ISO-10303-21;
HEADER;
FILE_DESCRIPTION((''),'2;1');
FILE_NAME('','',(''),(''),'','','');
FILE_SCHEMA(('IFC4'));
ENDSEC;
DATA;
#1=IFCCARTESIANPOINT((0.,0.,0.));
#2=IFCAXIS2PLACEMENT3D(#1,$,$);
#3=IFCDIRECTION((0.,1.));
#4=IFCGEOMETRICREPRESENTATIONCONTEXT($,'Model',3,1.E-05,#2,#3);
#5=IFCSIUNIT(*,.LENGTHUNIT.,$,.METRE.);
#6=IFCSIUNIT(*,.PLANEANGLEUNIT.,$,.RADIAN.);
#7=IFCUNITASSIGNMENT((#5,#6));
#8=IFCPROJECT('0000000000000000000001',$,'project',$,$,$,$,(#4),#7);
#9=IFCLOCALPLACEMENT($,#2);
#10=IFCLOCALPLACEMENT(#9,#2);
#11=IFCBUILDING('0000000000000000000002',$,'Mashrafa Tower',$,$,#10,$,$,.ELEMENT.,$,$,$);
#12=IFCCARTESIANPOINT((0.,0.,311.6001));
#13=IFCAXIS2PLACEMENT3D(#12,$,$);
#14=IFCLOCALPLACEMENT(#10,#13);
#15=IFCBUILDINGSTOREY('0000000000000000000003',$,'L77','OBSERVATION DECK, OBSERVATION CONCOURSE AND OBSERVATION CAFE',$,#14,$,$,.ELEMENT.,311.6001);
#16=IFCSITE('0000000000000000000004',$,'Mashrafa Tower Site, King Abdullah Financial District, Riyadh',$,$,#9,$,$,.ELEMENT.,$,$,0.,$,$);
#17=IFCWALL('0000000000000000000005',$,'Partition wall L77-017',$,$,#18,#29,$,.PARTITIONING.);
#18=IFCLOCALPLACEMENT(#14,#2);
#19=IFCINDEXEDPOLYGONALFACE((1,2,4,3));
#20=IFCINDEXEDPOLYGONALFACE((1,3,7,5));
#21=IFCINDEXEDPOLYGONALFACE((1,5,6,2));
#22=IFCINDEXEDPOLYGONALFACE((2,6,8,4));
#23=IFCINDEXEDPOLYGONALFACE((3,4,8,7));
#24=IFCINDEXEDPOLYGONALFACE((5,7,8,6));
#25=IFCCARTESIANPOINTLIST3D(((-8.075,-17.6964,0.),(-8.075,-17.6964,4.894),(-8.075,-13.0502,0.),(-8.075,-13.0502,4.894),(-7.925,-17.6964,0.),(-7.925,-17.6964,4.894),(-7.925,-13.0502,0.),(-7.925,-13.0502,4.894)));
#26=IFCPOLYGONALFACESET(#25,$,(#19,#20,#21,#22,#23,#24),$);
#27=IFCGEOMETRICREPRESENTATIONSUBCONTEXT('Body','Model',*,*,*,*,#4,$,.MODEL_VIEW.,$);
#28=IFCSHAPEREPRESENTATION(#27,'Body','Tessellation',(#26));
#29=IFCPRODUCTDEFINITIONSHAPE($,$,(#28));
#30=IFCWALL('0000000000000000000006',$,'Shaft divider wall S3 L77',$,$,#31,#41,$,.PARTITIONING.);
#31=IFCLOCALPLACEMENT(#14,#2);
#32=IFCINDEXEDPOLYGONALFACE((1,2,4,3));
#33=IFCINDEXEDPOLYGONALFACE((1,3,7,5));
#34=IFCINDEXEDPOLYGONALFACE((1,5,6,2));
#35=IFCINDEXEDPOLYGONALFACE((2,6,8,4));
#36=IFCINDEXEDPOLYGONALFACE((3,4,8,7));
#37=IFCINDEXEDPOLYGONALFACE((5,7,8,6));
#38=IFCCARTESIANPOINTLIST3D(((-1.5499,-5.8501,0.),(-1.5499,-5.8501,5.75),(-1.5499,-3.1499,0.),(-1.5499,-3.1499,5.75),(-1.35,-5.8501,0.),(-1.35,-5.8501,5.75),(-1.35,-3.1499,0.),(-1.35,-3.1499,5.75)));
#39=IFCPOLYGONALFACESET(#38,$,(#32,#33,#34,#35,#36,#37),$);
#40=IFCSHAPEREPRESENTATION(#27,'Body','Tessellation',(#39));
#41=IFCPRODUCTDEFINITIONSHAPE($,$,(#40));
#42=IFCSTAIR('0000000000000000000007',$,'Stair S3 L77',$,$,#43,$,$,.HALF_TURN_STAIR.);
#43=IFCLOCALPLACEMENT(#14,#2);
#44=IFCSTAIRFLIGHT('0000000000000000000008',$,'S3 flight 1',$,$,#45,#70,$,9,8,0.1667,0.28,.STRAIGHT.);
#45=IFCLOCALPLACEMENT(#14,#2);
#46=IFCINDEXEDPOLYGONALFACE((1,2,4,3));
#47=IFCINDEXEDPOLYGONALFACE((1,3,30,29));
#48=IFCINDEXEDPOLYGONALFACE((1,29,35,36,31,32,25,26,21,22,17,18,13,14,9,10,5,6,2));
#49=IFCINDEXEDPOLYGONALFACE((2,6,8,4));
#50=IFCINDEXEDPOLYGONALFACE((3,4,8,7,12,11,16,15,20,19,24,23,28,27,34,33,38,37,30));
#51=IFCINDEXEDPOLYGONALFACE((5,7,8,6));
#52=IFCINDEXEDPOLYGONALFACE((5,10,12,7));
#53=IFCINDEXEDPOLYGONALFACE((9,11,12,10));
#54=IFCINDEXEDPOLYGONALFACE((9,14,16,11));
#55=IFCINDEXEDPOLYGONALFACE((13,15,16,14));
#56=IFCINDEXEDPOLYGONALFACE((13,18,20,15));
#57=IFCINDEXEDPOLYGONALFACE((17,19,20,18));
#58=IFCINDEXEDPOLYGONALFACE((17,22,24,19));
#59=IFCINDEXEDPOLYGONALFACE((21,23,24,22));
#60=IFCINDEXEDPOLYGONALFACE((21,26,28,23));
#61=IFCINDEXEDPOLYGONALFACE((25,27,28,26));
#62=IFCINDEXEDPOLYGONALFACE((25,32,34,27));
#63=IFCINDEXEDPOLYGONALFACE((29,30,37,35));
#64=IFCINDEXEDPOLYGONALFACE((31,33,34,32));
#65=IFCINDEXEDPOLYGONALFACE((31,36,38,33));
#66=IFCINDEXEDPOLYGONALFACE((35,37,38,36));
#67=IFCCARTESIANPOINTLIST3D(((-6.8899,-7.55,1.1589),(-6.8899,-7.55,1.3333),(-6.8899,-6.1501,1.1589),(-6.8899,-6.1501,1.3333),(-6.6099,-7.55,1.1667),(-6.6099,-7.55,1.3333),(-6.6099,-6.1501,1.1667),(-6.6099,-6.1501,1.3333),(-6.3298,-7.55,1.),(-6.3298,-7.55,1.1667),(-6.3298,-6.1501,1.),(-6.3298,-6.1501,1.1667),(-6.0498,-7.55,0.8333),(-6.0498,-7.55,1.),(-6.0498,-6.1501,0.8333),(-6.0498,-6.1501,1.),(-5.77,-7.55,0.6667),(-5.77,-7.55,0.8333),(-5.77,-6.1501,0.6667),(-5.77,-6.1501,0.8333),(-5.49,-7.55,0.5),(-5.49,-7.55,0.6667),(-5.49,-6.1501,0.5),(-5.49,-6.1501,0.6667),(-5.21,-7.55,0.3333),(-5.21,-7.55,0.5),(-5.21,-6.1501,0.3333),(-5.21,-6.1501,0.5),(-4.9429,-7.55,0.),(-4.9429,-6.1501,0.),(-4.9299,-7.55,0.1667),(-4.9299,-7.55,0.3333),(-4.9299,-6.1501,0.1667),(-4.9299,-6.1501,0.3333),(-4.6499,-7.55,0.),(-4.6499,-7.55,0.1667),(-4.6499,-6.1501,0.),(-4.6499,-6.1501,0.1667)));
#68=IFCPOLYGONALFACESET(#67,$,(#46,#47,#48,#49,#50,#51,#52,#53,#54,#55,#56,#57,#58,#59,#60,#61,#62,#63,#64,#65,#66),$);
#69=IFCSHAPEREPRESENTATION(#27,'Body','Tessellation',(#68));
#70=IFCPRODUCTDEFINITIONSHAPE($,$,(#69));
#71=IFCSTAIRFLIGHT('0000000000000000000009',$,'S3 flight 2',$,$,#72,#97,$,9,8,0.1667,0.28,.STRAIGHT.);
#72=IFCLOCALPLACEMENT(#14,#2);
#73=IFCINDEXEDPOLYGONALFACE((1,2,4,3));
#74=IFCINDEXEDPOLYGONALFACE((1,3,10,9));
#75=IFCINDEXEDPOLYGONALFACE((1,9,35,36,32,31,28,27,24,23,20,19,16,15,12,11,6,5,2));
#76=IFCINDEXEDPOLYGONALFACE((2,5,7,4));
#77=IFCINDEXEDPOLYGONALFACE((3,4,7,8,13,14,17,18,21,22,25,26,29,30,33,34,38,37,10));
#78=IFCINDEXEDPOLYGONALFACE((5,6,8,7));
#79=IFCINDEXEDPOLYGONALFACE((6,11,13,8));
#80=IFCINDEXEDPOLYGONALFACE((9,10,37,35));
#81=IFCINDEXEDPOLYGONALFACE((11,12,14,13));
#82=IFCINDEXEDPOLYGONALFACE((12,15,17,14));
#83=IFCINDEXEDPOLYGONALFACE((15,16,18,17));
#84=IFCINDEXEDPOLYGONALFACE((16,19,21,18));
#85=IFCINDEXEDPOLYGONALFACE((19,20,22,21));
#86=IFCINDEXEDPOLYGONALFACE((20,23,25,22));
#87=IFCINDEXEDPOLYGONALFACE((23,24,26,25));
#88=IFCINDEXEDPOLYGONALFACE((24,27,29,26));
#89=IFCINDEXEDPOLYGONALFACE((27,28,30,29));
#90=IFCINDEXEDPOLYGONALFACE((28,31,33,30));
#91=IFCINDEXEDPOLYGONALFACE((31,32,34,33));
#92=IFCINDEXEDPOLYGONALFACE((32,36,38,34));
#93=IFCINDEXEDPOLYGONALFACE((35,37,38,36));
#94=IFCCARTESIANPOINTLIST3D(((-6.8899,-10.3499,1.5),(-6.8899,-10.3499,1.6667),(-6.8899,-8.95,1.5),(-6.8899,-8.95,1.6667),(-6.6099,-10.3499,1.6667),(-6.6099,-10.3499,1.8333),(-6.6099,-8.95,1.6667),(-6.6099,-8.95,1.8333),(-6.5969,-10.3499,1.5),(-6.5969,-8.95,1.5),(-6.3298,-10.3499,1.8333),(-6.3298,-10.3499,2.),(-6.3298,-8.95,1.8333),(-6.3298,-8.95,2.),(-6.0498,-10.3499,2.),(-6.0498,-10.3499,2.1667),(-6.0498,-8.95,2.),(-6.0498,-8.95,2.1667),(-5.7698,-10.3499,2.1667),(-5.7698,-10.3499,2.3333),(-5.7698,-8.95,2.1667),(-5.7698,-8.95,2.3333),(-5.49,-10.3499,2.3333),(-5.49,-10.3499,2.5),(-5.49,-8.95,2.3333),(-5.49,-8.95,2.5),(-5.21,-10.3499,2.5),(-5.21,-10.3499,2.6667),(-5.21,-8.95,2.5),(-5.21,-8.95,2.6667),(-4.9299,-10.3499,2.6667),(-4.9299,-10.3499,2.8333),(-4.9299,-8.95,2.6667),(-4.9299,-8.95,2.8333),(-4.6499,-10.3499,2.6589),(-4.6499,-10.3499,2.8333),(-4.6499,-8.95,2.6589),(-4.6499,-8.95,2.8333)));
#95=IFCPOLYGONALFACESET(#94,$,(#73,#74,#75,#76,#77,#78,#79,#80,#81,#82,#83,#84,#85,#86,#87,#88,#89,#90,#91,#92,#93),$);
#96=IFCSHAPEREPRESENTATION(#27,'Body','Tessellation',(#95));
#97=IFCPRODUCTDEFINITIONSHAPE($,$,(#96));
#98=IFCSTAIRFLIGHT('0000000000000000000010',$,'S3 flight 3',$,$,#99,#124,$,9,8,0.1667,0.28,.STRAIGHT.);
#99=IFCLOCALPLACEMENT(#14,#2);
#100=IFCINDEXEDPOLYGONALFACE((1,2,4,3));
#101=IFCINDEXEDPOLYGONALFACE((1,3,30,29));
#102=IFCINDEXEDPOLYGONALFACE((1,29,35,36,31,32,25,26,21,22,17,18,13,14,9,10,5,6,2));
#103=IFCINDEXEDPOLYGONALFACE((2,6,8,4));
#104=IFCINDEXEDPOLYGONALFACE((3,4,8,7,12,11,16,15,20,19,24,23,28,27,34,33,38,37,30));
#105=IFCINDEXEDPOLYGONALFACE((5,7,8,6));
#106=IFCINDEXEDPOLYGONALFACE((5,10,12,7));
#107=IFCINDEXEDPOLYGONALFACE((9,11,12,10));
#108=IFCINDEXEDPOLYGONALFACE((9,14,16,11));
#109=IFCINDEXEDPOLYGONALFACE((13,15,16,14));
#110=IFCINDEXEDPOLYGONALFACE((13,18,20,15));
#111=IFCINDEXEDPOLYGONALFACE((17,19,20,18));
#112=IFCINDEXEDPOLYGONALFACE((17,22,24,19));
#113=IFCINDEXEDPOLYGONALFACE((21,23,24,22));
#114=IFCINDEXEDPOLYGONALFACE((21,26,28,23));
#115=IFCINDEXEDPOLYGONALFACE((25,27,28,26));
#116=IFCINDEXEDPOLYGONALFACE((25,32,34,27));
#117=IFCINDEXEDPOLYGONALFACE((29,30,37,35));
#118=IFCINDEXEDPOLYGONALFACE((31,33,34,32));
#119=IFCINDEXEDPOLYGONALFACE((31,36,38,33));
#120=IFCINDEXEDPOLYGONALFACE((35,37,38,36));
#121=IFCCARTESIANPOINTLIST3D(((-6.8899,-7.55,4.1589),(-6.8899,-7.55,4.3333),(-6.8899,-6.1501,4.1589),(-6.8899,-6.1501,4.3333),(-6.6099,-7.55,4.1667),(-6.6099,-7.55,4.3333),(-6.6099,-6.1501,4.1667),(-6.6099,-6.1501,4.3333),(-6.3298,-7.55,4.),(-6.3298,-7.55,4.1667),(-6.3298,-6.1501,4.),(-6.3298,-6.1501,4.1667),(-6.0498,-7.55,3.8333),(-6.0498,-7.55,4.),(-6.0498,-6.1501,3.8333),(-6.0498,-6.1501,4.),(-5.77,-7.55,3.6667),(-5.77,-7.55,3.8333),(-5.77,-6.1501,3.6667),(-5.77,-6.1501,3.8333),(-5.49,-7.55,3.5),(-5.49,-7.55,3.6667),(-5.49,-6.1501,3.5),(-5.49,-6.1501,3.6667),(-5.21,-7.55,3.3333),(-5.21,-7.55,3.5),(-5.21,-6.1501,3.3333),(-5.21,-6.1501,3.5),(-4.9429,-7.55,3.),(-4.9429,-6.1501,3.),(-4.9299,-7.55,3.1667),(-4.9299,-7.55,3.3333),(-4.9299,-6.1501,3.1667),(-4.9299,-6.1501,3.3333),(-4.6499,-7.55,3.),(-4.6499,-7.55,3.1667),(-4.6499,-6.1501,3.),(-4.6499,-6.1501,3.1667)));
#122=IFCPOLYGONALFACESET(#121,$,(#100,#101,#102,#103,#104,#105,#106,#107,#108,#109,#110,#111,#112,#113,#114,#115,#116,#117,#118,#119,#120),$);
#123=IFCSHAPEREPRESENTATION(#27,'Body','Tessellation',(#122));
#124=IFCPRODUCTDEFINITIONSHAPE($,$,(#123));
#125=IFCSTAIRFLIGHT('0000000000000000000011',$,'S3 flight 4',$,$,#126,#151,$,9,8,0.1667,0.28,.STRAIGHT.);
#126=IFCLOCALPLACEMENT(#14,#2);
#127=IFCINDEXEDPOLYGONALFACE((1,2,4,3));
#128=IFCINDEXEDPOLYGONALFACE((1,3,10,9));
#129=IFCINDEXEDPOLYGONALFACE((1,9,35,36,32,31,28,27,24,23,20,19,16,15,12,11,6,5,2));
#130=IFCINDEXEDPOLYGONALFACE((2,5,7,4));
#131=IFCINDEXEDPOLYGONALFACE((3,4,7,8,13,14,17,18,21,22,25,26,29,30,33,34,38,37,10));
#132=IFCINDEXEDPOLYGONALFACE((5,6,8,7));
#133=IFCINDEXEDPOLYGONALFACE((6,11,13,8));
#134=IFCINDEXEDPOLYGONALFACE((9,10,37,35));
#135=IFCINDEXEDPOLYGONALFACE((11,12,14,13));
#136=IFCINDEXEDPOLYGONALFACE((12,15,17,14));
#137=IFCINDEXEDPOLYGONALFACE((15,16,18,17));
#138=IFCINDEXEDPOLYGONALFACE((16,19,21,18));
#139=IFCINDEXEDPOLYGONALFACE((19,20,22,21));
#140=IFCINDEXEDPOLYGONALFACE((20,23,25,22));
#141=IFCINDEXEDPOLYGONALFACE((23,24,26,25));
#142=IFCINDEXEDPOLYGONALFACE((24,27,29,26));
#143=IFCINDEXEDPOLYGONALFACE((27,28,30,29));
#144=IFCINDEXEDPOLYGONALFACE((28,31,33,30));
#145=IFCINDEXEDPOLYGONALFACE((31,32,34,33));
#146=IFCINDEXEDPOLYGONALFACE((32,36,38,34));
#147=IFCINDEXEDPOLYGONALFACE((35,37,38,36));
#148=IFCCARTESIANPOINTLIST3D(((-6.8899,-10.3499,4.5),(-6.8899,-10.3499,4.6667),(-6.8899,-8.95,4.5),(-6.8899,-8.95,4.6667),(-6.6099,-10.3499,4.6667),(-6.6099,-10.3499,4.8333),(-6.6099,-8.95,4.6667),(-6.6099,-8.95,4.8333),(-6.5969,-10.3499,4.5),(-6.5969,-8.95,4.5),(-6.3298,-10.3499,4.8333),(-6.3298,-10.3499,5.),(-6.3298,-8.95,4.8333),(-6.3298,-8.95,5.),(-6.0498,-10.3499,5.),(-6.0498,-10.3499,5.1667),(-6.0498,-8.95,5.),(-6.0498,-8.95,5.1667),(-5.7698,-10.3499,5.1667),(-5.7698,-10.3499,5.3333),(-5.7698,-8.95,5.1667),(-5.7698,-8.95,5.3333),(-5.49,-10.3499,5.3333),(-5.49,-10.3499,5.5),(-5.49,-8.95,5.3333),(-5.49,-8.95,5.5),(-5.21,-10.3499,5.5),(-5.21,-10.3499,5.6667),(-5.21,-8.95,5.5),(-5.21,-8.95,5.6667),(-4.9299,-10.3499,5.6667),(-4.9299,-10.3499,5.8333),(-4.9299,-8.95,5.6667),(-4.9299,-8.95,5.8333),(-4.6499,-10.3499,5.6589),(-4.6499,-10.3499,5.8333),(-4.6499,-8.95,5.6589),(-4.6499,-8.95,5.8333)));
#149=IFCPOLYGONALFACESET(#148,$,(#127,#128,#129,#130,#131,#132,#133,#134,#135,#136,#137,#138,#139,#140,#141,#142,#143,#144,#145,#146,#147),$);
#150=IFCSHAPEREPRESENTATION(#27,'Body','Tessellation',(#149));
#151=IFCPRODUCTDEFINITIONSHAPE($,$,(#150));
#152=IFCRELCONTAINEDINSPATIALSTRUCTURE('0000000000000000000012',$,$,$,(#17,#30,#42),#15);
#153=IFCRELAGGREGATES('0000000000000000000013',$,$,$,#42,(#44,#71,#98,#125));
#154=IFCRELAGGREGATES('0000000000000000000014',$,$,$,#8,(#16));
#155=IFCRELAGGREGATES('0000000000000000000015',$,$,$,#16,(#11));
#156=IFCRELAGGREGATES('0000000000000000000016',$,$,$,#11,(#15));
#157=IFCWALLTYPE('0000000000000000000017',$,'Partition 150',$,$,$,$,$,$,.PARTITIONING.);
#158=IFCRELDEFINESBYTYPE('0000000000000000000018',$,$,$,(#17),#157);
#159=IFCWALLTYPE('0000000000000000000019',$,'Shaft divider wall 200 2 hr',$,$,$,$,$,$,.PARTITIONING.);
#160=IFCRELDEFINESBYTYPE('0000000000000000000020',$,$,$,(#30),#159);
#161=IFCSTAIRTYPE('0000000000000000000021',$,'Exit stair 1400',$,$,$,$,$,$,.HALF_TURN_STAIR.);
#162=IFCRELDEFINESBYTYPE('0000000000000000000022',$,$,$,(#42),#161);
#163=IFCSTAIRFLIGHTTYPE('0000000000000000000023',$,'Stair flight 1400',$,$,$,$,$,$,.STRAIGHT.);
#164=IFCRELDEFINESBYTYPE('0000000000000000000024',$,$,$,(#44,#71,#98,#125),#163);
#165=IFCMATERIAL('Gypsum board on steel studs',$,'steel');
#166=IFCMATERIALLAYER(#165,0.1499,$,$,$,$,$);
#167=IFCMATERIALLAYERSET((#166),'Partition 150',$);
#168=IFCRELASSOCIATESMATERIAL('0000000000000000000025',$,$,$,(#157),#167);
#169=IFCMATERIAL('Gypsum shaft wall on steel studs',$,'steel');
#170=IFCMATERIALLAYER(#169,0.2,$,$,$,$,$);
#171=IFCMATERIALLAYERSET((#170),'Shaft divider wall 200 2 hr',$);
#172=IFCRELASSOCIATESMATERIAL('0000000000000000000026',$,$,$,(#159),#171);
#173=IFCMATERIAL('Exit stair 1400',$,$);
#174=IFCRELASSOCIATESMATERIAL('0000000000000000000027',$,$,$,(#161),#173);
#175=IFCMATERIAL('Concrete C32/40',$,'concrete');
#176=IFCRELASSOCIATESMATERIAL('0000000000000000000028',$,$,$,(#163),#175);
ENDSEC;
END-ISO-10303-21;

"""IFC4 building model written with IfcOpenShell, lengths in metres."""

from ifc_helpers import new_model, si_unit, direction, frame, frame_2d, origin, place, context, subcontext, project, spatial, polyline, rectangle, outline, extrude, material, layer, layer_set, type_object, element, aggregate, save


model = new_model("IFC4")

# Units and contexts
model_context = context("Model", 3, precision=1e-05, world=origin(), true_north=direction((0.0, 1.0)))
body_context = subcontext(model_context, "Body", "Model", "MODEL_VIEW")
ifc_project = project(units=[si_unit("LENGTHUNIT", "METRE"), si_unit("PLANEANGLEUNIT", "RADIAN")], contexts=[model_context])

# Site, building, storey
site_placement = place(None, origin())
site = spatial("IfcSite", under=ifc_project, at=site_placement, Name="Mashrafa Tower Site, King Abdullah Financial District, Riyadh", CompositionType="ELEMENT", RefElevation=0.0)
building_placement = place(site_placement, origin())
building = spatial("IfcBuilding", under=site, at=building_placement, Name="Mashrafa Tower", CompositionType="ELEMENT")
storey_placement = place(building_placement, frame((0.0, 0.0, 311.6001)))
storey = spatial("IfcBuildingStorey", under=building, at=storey_placement, Name="L77", Description="OBSERVATION DECK, OBSERVATION CONCOURSE AND OBSERVATION CAFE", CompositionType="ELEMENT", Elevation=311.6001)

# Walls
ifc_material_1 = material(Name="Gypsum board on steel studs", Category="steel")
ifc_layer_1 = layer(ifc_material_1, 0.1499)
ifc_layer_set_1 = layer_set([ifc_layer_1], Name="Partition 150")
wall_type_1 = type_object("IfcWallType", Name="Partition 150", PredefinedType="PARTITIONING", material=ifc_layer_set_1)
wall_1_placement = place(storey_placement, frame((-8.0, -13.05, 0.0), z_axis=(0.0, 0.0, 1.0), x_axis=(0.0, -1.0, 0.0)))
element("IfcWall", 1, at=wall_1_placement, inside=storey, type_object=wall_type_1, Name="Partition wall L77-017", PredefinedType="PARTITIONING", context=body_context, shape_type="SweptSolid", body=[
    extrude(rectangle(XDim=4.6462, YDim=0.1499, at=frame_2d((2.3232, 0.0))), origin(), (0.0, 0.0, 1.0), 4.894),
])
ifc_material_2 = material(Name="Gypsum shaft wall on steel studs", Category="steel")
ifc_layer_2 = layer(ifc_material_2, 0.2)
ifc_layer_set_2 = layer_set([ifc_layer_2], Name="Shaft divider wall 200 2 hr")
wall_type_2 = type_object("IfcWallType", Name="Shaft divider wall 200 2 hr", PredefinedType="PARTITIONING", material=ifc_layer_set_2)
wall_2_placement = place(storey_placement, frame((-1.45, -5.8501, 0.0), z_axis=(0.0, 0.0, 1.0), x_axis=(0.0, 1.0, 0.0)))
element("IfcWall", 2, at=wall_2_placement, inside=storey, type_object=wall_type_2, Name="Shaft divider wall S3 L77", PredefinedType="PARTITIONING", context=body_context, shape_type="SweptSolid", body=[
    extrude(rectangle(XDim=2.7002, YDim=0.2, at=frame_2d((1.3501, 0.0))), origin(), (0.0, 0.0, 1.0), 5.75),
])

# Stair, stair flights
ifc_material_3 = material(Name="Exit stair 1400")
stair_type = type_object("IfcStairType", Name="Exit stair 1400", PredefinedType="HALF_TURN_STAIR", material=ifc_material_3)
stair_placement = place(storey_placement, origin())
stair = element("IfcStair", 3, at=stair_placement, inside=storey, type_object=stair_type, Name="Stair S3 L77", PredefinedType="HALF_TURN_STAIR")
ifc_material_4 = material(Name="Concrete C32/40", Category="concrete")
stair_flight_type = type_object("IfcStairFlightType", Name="Stair flight 1400", PredefinedType="STRAIGHT", material=ifc_material_4)
stair_flight_1_placement = place(storey_placement, frame((-4.6499, -6.8501, 0.0), z_axis=(0.0, 0.0, 1.0), x_axis=(-1.0, 0.0, 0.0)))
stair_flight_1 = element("IfcStairFlight", 4, at=stair_flight_1_placement, type_object=stair_flight_type, Name="S3 flight 1", NumberOfRisers=9, NumberOfTreads=8, PredefinedType="STRAIGHT", RiserHeight=0.1667, TreadLength=0.28, context=body_context, shape_type="SweptSolid", body=[
    extrude(outline(polyline([(0.0, 0.0), (0.0, 0.1667), (0.28, 0.1667), (0.28, 0.3333), (0.5601, 0.3333), (0.5601, 0.5), (0.8401, 0.5), (0.8401, 0.6667), (1.1201, 0.6667), (1.1201, 0.8333), (1.3999, 0.8333), (1.3999, 1.0), (1.6799, 1.0), (1.6799, 1.1667), (1.96, 1.1667), (1.96, 1.3333), (2.24, 1.3333), (2.24, 1.5), (2.24, 1.1589), (0.293, 0.0), (0.0, 0.0)])), frame((0.0, 0.7, 0.0), z_axis=(0.0, -1.0, 0.0), x_axis=(1.0, 0.0, 0.0)), (0.0, 0.0, 1.0), 1.3999),
])
stair_flight_2_placement = place(storey_placement, frame((-6.8899, -9.6499, 1.5), z_axis=(0.0, 0.0, 1.0), x_axis=(1.0, 0.0, 0.0)))
stair_flight_2 = element("IfcStairFlight", 5, at=stair_flight_2_placement, type_object=stair_flight_type, Name="S3 flight 2", NumberOfRisers=9, NumberOfTreads=8, PredefinedType="STRAIGHT", RiserHeight=0.1667, TreadLength=0.28, context=body_context, shape_type="SweptSolid", body=[
    extrude(outline(polyline([(0.0, 0.0), (0.0, 0.1667), (0.28, 0.1667), (0.28, 0.3333), (0.5601, 0.3333), (0.5601, 0.5), (0.8401, 0.5), (0.8401, 0.6667), (1.1201, 0.6667), (1.1201, 0.8333), (1.3999, 0.8333), (1.3999, 1.0), (1.6799, 1.0), (1.6799, 1.1667), (1.96, 1.1667), (1.96, 1.3333), (2.24, 1.3333), (2.24, 1.5), (2.24, 1.1589), (0.293, 0.0), (0.0, 0.0)])), frame((0.0, 0.7, 0.0), z_axis=(0.0, -1.0, 0.0), x_axis=(1.0, 0.0, 0.0)), (0.0, 0.0, 1.0), 1.3999),
])
stair_flight_3_placement = place(storey_placement, frame((-4.6499, -6.8501, 3.0), z_axis=(0.0, 0.0, 1.0), x_axis=(-1.0, 0.0, 0.0)))
stair_flight_3 = element("IfcStairFlight", 6, at=stair_flight_3_placement, type_object=stair_flight_type, Name="S3 flight 3", NumberOfRisers=9, NumberOfTreads=8, PredefinedType="STRAIGHT", RiserHeight=0.1667, TreadLength=0.28, context=body_context, shape_type="SweptSolid", body=[
    extrude(outline(polyline([(0.0, 0.0), (0.0, 0.1667), (0.28, 0.1667), (0.28, 0.3333), (0.5601, 0.3333), (0.5601, 0.5), (0.8401, 0.5), (0.8401, 0.6667), (1.1201, 0.6667), (1.1201, 0.8333), (1.3999, 0.8333), (1.3999, 1.0), (1.6799, 1.0), (1.6799, 1.1667), (1.96, 1.1667), (1.96, 1.3333), (2.24, 1.3333), (2.24, 1.5), (2.24, 1.1589), (0.293, 0.0), (0.0, 0.0)])), frame((0.0, 0.7, 0.0), z_axis=(0.0, -1.0, 0.0), x_axis=(1.0, 0.0, 0.0)), (0.0, 0.0, 1.0), 1.3999),
])
stair_flight_4_placement = place(storey_placement, frame((-6.8899, -9.6499, 4.5), z_axis=(0.0, 0.0, 1.0), x_axis=(1.0, 0.0, 0.0)))
stair_flight_4 = element("IfcStairFlight", 7, at=stair_flight_4_placement, type_object=stair_flight_type, Name="S3 flight 4", NumberOfRisers=9, NumberOfTreads=8, PredefinedType="STRAIGHT", RiserHeight=0.1667, TreadLength=0.28, context=body_context, shape_type="SweptSolid", body=[
    extrude(outline(polyline([(0.0, 0.0), (0.0, 0.1667), (0.28, 0.1667), (0.28, 0.3333), (0.5601, 0.3333), (0.5601, 0.5), (0.8401, 0.5), (0.8401, 0.6667), (1.1201, 0.6667), (1.1201, 0.8333), (1.3999, 0.8333), (1.3999, 1.0), (1.6799, 1.0), (1.6799, 1.1667), (1.96, 1.1667), (1.96, 1.3333), (2.24, 1.3333), (2.24, 1.5), (2.24, 1.1589), (0.293, 0.0), (0.0, 0.0)])), frame((0.0, 0.7, 0.0), z_axis=(0.0, -1.0, 0.0), x_axis=(1.0, 0.0, 0.0)), (0.0, 0.0, 1.0), 1.3999),
])
aggregate(stair, [stair_flight_1, stair_flight_2, stair_flight_3, stair_flight_4])

save(model, "model.ifc")
